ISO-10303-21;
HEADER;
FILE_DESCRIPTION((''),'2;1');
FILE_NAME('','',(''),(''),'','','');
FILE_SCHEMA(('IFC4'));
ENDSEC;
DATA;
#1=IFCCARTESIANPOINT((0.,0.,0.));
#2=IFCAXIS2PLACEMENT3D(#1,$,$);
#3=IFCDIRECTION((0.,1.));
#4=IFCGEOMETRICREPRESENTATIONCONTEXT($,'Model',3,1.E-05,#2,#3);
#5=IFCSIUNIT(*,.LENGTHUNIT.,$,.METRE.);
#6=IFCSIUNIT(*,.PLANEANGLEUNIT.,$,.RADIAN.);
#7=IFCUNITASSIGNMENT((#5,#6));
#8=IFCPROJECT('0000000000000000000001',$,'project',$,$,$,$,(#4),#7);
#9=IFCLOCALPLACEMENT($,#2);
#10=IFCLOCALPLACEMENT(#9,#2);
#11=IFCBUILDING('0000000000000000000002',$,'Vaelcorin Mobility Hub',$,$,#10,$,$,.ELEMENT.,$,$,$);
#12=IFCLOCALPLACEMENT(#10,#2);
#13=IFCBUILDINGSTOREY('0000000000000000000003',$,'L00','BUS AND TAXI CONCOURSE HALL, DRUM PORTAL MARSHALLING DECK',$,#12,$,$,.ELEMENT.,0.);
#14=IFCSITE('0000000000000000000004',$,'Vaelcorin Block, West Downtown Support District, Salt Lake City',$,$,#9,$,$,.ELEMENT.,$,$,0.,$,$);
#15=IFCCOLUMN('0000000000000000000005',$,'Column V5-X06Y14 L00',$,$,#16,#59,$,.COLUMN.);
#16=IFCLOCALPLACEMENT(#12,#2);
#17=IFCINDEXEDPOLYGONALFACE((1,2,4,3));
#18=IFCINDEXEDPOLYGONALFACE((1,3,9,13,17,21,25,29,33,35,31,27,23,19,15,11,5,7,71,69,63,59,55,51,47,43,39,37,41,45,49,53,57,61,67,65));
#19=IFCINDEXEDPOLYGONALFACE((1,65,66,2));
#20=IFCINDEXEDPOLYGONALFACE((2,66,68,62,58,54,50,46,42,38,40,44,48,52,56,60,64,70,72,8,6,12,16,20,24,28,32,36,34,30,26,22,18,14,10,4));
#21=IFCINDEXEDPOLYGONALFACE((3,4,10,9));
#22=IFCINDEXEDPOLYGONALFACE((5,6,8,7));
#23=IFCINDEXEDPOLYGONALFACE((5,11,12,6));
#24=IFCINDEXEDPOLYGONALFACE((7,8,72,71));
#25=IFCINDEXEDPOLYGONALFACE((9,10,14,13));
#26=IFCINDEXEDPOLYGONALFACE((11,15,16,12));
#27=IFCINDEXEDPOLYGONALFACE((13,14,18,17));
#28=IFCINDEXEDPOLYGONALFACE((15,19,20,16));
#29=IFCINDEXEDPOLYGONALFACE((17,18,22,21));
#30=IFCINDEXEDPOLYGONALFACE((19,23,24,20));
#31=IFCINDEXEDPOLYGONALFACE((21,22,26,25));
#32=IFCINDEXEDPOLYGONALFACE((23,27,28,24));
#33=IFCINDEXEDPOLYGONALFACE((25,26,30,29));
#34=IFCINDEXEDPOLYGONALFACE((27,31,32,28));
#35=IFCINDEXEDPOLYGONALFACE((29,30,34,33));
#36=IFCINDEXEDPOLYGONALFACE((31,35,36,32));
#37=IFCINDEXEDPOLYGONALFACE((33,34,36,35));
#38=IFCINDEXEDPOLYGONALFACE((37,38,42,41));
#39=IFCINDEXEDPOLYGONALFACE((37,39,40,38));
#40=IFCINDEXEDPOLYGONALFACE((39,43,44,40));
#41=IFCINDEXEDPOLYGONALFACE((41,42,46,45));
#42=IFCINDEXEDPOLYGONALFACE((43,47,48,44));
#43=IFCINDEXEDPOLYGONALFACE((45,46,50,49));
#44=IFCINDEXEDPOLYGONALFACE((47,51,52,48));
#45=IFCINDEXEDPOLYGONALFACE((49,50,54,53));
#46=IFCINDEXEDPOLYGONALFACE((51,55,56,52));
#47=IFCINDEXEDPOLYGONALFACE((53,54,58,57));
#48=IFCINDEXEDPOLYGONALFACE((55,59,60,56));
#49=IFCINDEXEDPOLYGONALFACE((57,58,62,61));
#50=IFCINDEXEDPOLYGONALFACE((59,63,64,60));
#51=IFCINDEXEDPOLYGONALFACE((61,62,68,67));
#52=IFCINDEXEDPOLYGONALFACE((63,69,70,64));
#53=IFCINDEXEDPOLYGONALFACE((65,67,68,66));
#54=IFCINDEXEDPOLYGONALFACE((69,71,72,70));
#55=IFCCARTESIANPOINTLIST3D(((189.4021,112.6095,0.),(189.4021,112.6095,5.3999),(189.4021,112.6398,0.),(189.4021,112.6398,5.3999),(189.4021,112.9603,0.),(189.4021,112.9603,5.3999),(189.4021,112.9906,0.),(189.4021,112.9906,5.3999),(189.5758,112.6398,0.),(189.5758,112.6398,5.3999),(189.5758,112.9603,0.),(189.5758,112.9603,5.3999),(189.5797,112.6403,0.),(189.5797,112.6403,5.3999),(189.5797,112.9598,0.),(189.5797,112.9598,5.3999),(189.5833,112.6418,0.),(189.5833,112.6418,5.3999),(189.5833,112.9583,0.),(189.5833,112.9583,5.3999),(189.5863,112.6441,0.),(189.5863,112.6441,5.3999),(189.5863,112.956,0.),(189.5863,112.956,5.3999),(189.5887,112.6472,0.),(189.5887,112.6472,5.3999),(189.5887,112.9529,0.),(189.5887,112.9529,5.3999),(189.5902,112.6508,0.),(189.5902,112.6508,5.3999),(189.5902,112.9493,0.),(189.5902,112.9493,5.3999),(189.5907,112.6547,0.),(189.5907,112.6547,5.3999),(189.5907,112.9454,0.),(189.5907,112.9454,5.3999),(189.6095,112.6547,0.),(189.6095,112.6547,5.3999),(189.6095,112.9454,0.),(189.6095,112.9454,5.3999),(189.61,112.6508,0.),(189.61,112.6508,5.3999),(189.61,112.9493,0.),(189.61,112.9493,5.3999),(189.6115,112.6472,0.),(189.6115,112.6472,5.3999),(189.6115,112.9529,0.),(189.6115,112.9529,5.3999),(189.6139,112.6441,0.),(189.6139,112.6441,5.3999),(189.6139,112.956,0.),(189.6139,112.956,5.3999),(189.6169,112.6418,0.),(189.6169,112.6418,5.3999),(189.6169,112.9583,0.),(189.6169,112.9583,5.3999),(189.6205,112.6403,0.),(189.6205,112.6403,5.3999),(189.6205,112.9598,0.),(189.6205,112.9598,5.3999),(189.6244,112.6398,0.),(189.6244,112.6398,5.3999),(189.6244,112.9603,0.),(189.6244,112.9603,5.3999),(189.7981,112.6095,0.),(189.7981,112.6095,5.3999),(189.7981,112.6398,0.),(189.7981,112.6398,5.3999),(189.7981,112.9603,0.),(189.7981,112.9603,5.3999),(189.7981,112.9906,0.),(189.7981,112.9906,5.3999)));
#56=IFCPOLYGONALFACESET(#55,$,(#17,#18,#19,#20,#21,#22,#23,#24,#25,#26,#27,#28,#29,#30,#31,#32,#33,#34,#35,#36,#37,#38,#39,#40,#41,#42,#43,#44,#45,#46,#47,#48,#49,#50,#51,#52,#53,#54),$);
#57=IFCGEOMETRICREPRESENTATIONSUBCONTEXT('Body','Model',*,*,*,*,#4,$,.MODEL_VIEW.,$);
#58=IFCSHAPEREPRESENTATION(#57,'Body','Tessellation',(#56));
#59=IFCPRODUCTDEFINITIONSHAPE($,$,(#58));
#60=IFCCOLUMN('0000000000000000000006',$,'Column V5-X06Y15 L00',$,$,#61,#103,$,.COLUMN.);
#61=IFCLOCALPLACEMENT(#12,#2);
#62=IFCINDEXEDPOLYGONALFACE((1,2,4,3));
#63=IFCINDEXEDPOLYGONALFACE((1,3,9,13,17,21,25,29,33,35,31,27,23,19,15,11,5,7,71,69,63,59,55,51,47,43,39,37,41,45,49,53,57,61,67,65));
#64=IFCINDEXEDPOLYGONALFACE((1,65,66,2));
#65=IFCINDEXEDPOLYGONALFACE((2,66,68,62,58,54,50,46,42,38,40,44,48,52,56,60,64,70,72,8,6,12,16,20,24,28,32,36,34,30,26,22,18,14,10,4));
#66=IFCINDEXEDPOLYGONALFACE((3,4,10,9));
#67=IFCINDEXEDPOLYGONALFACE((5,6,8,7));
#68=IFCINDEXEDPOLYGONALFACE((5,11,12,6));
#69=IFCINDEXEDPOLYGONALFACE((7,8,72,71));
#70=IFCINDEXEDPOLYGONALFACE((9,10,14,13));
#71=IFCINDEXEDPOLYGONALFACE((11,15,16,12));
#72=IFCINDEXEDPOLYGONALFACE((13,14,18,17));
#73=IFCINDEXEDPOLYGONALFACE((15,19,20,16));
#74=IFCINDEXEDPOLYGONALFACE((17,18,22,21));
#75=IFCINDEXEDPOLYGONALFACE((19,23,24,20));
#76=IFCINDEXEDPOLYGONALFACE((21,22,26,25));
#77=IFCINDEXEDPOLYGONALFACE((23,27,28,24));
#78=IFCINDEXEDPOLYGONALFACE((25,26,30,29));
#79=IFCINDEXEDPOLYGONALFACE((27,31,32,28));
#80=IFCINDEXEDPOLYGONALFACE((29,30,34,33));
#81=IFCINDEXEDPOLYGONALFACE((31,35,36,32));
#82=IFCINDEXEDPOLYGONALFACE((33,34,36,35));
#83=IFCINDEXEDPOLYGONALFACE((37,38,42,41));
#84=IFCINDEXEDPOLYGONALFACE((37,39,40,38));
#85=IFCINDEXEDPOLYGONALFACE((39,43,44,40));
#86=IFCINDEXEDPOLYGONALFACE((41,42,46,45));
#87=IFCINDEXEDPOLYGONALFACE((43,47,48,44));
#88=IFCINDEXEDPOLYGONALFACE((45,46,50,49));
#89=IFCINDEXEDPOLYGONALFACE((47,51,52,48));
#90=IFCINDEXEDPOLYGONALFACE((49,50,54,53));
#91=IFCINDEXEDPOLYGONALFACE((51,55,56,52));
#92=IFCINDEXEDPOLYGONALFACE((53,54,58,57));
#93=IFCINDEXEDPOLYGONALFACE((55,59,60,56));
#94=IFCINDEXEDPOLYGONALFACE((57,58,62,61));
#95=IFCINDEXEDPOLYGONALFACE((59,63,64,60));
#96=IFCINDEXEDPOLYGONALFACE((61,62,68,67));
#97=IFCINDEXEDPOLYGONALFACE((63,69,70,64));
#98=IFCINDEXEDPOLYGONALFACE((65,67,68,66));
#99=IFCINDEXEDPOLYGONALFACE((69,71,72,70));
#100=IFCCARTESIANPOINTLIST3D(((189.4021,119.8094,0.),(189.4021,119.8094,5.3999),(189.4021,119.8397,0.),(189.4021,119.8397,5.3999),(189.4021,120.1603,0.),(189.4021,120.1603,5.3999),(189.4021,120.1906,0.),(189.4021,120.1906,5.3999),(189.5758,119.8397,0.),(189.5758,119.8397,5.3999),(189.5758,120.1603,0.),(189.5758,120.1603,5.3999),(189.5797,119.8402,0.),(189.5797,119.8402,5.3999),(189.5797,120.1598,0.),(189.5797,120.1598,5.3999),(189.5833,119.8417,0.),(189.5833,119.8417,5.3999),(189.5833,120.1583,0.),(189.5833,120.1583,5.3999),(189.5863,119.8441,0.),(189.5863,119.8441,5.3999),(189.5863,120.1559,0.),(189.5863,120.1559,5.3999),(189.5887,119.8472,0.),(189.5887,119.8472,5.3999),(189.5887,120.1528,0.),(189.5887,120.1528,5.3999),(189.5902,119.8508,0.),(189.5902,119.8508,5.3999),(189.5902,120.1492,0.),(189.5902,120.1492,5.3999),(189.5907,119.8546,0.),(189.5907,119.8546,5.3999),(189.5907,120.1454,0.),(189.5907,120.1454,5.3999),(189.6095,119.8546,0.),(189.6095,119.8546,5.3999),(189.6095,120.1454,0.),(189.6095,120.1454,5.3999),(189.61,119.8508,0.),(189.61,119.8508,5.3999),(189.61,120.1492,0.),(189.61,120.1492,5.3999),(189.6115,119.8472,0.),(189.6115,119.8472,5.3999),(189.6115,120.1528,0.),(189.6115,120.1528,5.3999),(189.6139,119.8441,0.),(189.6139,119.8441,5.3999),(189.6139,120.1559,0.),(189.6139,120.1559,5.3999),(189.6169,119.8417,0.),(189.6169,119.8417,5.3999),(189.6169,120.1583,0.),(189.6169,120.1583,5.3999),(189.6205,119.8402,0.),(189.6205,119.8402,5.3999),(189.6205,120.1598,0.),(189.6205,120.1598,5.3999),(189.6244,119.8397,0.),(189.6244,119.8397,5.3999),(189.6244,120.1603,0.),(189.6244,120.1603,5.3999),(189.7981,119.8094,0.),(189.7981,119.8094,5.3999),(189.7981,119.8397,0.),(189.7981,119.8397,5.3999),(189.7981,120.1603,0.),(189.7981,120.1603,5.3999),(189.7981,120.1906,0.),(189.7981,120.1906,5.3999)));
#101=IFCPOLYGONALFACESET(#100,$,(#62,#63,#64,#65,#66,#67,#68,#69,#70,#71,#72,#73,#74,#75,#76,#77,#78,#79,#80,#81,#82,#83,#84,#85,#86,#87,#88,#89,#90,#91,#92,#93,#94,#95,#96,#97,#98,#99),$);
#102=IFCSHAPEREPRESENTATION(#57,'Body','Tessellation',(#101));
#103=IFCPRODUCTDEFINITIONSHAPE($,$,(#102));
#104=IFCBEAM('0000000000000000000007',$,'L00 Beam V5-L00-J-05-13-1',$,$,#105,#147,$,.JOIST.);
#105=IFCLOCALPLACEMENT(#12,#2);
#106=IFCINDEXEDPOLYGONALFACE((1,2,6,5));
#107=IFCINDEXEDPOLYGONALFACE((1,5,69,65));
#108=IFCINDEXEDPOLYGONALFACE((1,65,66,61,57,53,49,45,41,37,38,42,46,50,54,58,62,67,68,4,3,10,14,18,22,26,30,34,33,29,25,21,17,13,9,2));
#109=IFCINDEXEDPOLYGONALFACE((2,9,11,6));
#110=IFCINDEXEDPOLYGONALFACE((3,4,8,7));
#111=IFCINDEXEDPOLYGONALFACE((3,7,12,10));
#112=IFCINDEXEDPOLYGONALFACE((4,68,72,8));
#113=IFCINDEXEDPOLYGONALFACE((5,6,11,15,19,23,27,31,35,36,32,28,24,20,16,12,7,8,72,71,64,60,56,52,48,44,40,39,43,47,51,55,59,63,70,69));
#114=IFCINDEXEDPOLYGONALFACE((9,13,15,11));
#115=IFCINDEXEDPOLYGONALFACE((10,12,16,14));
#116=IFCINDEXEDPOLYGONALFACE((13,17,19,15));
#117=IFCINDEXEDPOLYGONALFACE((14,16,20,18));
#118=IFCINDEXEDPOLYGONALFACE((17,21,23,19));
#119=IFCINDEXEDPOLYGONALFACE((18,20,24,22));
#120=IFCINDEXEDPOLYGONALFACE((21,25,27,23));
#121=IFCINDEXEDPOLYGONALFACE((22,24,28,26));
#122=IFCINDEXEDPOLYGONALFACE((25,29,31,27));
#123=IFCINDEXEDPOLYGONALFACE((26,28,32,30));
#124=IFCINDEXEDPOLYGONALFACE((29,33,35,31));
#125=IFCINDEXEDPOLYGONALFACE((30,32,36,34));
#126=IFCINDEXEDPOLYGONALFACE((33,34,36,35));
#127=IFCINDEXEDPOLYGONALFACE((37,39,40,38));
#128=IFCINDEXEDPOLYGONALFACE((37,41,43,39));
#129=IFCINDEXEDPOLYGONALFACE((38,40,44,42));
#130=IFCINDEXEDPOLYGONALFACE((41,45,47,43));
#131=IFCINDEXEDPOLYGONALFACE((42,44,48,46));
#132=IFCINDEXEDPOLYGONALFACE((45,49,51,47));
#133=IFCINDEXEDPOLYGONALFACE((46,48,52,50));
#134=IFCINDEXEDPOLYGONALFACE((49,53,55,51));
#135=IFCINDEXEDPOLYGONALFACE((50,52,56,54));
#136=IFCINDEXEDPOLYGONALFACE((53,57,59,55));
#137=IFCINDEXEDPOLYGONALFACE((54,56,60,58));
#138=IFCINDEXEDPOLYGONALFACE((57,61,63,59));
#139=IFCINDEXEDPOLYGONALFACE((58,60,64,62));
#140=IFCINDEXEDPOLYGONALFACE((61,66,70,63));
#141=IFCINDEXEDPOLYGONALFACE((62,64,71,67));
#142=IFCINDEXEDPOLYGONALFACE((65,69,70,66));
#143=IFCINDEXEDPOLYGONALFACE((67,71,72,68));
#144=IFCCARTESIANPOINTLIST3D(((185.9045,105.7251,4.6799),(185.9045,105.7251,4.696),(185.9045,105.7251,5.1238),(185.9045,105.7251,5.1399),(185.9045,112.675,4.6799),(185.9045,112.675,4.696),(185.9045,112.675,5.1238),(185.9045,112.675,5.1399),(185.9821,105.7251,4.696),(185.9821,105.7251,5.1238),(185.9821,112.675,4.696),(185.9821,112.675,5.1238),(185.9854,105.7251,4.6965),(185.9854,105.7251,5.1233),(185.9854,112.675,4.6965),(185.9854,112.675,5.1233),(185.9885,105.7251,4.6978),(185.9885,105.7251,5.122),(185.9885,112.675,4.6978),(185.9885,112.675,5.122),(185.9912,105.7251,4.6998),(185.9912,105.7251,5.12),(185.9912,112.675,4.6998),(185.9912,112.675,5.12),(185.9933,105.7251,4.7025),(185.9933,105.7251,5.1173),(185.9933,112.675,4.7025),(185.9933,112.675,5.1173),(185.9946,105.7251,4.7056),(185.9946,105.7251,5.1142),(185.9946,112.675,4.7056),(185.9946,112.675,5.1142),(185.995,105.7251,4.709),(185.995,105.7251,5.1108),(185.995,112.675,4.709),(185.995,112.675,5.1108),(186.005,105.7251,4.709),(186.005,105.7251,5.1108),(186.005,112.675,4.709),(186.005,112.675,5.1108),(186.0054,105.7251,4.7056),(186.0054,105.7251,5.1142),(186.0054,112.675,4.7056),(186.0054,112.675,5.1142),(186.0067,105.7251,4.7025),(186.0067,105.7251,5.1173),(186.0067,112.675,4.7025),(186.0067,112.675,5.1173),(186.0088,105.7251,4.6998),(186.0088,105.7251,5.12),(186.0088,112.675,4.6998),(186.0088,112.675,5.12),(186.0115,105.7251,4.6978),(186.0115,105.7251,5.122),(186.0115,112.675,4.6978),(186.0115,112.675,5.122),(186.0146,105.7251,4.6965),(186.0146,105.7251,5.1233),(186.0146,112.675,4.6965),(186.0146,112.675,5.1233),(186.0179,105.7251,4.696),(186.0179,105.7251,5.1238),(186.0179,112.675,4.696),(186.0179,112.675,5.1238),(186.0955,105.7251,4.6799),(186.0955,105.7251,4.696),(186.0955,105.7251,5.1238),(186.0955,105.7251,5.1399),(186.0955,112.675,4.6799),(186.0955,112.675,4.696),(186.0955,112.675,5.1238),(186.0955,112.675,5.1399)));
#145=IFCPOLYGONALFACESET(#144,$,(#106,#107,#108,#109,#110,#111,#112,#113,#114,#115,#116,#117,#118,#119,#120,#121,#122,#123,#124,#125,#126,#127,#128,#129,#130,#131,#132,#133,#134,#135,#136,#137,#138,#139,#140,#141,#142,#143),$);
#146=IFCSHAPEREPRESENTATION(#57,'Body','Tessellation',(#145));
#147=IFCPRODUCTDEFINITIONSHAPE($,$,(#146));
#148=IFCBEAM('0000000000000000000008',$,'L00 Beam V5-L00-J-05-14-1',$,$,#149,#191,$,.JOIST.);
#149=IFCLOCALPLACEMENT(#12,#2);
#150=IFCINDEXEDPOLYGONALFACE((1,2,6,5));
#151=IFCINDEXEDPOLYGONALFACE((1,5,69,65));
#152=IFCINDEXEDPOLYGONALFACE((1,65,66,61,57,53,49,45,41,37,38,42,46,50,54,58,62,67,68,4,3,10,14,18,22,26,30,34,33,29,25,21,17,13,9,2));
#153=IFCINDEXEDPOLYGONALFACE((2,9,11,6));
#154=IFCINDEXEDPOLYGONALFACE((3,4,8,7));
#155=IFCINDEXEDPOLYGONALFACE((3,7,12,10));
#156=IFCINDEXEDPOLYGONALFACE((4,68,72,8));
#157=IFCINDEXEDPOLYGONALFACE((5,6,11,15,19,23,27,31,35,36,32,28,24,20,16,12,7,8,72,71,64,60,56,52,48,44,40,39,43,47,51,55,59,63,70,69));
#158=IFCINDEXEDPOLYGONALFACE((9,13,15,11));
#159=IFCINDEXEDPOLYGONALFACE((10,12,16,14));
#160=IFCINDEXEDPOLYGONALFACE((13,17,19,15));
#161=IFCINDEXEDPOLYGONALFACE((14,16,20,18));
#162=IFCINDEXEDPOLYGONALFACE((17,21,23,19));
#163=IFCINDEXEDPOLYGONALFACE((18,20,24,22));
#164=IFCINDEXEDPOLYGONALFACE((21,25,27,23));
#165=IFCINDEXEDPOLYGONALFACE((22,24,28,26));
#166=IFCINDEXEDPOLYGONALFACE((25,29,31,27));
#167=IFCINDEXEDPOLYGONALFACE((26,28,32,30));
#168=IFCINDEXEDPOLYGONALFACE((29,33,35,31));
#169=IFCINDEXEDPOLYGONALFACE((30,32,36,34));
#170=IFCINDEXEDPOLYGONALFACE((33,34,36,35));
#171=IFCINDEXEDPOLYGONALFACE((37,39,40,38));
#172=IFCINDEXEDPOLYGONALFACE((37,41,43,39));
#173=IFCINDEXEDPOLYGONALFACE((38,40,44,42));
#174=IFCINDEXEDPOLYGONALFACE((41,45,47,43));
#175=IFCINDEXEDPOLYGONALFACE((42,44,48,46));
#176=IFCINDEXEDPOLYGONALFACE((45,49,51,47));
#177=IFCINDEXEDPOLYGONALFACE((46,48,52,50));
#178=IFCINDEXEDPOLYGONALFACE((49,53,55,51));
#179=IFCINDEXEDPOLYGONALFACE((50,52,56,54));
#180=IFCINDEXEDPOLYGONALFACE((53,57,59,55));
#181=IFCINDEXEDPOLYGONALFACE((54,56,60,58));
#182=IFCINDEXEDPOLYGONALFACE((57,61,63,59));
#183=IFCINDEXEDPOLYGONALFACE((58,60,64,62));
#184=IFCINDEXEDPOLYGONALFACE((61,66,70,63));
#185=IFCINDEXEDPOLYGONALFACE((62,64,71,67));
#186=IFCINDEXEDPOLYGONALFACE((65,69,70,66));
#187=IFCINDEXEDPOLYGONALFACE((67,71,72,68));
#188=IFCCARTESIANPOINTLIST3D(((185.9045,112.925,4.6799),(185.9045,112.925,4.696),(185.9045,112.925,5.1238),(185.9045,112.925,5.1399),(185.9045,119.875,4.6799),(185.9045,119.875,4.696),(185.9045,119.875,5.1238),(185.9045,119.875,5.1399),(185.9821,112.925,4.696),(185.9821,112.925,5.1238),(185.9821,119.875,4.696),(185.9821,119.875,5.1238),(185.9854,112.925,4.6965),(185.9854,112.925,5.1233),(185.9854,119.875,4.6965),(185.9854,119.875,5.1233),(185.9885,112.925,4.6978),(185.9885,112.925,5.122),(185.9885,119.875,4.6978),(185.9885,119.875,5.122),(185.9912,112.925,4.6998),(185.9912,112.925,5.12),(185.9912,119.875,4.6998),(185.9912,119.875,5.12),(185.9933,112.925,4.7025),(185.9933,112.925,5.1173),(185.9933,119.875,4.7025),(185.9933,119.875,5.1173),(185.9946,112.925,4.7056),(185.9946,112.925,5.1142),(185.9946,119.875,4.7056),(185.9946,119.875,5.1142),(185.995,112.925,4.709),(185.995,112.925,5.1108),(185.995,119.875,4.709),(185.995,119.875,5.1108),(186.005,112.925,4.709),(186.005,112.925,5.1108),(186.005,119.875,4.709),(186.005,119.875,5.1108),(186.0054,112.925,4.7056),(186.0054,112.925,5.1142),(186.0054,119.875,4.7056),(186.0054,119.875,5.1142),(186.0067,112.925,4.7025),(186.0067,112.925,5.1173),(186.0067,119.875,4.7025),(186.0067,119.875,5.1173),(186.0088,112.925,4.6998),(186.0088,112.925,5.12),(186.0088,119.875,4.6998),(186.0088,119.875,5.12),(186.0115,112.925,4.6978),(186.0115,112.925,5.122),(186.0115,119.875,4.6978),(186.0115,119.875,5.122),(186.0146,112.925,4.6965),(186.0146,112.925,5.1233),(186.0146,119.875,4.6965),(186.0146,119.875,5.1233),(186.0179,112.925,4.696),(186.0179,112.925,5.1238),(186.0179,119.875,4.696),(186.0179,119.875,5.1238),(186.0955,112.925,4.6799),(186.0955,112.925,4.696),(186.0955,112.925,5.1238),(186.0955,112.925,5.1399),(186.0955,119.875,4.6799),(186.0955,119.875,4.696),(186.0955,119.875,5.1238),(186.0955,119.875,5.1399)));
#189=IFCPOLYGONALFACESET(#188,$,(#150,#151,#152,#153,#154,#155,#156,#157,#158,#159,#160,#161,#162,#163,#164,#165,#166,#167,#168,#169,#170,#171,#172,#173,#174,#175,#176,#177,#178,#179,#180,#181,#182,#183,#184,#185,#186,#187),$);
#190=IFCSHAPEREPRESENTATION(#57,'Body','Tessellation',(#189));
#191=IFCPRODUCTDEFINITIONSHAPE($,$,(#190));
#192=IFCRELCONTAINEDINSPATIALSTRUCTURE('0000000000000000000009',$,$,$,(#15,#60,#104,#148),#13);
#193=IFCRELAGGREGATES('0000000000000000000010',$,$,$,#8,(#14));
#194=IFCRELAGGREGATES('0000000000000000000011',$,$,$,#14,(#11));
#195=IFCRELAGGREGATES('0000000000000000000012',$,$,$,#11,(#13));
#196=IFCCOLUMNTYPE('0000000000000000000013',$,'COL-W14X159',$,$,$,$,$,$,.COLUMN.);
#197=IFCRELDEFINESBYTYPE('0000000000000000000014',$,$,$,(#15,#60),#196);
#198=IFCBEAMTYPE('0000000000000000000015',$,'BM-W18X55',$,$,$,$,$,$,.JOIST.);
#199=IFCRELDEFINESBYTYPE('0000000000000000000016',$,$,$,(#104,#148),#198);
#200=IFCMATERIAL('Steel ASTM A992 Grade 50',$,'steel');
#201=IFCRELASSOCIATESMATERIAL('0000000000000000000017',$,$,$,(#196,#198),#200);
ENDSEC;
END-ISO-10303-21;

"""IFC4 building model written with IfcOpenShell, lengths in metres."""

from ifc_helpers import new_model, si_unit, direction, frame, origin, origin_2d, place, context, subcontext, project, spatial, i_section, extrude, material, material_profile, profile_set, type_object, element, save


model = new_model("IFC4")

# Units and contexts
model_context = context("Model", 3, precision=1e-05, world=origin(), true_north=direction((0.0, 1.0)))
body_context = subcontext(model_context, "Body", "Model", "MODEL_VIEW")
ifc_project = project(units=[si_unit("LENGTHUNIT", "METRE"), si_unit("PLANEANGLEUNIT", "RADIAN")], contexts=[model_context])

# Site, building, storey
site_placement = place(None, origin())
site = spatial("IfcSite", under=ifc_project, at=site_placement, Name="Vaelcorin Block, West Downtown Support District, Salt Lake City", CompositionType="ELEMENT", RefElevation=0.0)
building_placement = place(site_placement, origin())
building = spatial("IfcBuilding", under=site, at=building_placement, Name="Vaelcorin Mobility Hub", CompositionType="ELEMENT")
storey_placement = place(building_placement, origin())
storey = spatial("IfcBuildingStorey", under=building, at=storey_placement, Name="L00", Description="BUS AND TAXI CONCOURSE HALL, DRUM PORTAL MARSHALLING DECK", CompositionType="ELEMENT", Elevation=0.0)

# Columns
ifc_material_1 = material(Name="Steel ASTM A992 Grade 50", Category="steel")
ifc_material_profile_1 = material_profile(ifc_material_1, i_section(OverallWidth=0.396, OverallDepth=0.3811, WebThickness=0.0188, FlangeThickness=0.0303, FilletRadius=0.0149, at=origin_2d()), Name="W14X159")
ifc_profile_set_1 = profile_set([ifc_material_profile_1], Name="Steel ASTM A992 Grade 50")
column_type = type_object("IfcColumnType", Name="COL-W14X159", PredefinedType="COLUMN", material=ifc_profile_set_1)
for number, where, z_axis, x_axis, name in (
    (1, (189.6001, 112.8, 0.0), (0.0, 0.0, 1.0), (1.0, 0.0, 0.0), "Column V5-X06Y14 L00"),
    (2, (189.6001, 120.0, 0.0), (0.0, 0.0, 1.0), (1.0, 0.0, 0.0), "Column V5-X06Y15 L00"),
):
    element("IfcColumn", number, at=place(storey_placement, frame(where, z_axis=z_axis, x_axis=x_axis)), inside=storey, type_object=column_type, Name=name, PredefinedType="COLUMN", context=body_context, shape_type="SweptSolid", body=[
        extrude(i_section(OverallWidth=0.396, OverallDepth=0.3811, WebThickness=0.0188, FlangeThickness=0.0303, FilletRadius=0.0149, at=origin_2d()), origin(), (0.0, 0.0, 1.0), 5.3999),
    ])

# Beams
ifc_material_profile_2 = material_profile(ifc_material_1, i_section(OverallWidth=0.1909, OverallDepth=0.46, WebThickness=0.01, FlangeThickness=0.0161, FilletRadius=0.0129, at=origin_2d()), Name="W18X55")
ifc_profile_set_2 = profile_set([ifc_material_profile_2], Name="Steel ASTM A992 Grade 50")
beam_type_1 = type_object("IfcBeamType", Name="BM-W18X55", PredefinedType="JOIST", material=ifc_profile_set_2)
for number, where, z_axis, x_axis, name in (
    (3, (186.0, 105.7251, 4.9099), (0.0, 1.0, 0.0), (-1.0, 0.0, 0.0), "L00 Beam V5-L00-J-05-13-1"),
    (4, (186.0, 112.925, 4.9099), (0.0, 1.0, 0.0), (-1.0, 0.0, 0.0), "L00 Beam V5-L00-J-05-14-1"),
):
    element("IfcBeam", number, at=place(storey_placement, frame(where, z_axis=z_axis, x_axis=x_axis)), inside=storey, type_object=beam_type_1, Name=name, PredefinedType="JOIST", context=body_context, shape_type="SweptSolid", body=[
        extrude(i_section(OverallWidth=0.1909, OverallDepth=0.46, WebThickness=0.01, FlangeThickness=0.0161, FilletRadius=0.0129, at=origin_2d()), origin(), (0.0, 0.0, 1.0), 6.95),
    ])

save(model, "model.ifc")
